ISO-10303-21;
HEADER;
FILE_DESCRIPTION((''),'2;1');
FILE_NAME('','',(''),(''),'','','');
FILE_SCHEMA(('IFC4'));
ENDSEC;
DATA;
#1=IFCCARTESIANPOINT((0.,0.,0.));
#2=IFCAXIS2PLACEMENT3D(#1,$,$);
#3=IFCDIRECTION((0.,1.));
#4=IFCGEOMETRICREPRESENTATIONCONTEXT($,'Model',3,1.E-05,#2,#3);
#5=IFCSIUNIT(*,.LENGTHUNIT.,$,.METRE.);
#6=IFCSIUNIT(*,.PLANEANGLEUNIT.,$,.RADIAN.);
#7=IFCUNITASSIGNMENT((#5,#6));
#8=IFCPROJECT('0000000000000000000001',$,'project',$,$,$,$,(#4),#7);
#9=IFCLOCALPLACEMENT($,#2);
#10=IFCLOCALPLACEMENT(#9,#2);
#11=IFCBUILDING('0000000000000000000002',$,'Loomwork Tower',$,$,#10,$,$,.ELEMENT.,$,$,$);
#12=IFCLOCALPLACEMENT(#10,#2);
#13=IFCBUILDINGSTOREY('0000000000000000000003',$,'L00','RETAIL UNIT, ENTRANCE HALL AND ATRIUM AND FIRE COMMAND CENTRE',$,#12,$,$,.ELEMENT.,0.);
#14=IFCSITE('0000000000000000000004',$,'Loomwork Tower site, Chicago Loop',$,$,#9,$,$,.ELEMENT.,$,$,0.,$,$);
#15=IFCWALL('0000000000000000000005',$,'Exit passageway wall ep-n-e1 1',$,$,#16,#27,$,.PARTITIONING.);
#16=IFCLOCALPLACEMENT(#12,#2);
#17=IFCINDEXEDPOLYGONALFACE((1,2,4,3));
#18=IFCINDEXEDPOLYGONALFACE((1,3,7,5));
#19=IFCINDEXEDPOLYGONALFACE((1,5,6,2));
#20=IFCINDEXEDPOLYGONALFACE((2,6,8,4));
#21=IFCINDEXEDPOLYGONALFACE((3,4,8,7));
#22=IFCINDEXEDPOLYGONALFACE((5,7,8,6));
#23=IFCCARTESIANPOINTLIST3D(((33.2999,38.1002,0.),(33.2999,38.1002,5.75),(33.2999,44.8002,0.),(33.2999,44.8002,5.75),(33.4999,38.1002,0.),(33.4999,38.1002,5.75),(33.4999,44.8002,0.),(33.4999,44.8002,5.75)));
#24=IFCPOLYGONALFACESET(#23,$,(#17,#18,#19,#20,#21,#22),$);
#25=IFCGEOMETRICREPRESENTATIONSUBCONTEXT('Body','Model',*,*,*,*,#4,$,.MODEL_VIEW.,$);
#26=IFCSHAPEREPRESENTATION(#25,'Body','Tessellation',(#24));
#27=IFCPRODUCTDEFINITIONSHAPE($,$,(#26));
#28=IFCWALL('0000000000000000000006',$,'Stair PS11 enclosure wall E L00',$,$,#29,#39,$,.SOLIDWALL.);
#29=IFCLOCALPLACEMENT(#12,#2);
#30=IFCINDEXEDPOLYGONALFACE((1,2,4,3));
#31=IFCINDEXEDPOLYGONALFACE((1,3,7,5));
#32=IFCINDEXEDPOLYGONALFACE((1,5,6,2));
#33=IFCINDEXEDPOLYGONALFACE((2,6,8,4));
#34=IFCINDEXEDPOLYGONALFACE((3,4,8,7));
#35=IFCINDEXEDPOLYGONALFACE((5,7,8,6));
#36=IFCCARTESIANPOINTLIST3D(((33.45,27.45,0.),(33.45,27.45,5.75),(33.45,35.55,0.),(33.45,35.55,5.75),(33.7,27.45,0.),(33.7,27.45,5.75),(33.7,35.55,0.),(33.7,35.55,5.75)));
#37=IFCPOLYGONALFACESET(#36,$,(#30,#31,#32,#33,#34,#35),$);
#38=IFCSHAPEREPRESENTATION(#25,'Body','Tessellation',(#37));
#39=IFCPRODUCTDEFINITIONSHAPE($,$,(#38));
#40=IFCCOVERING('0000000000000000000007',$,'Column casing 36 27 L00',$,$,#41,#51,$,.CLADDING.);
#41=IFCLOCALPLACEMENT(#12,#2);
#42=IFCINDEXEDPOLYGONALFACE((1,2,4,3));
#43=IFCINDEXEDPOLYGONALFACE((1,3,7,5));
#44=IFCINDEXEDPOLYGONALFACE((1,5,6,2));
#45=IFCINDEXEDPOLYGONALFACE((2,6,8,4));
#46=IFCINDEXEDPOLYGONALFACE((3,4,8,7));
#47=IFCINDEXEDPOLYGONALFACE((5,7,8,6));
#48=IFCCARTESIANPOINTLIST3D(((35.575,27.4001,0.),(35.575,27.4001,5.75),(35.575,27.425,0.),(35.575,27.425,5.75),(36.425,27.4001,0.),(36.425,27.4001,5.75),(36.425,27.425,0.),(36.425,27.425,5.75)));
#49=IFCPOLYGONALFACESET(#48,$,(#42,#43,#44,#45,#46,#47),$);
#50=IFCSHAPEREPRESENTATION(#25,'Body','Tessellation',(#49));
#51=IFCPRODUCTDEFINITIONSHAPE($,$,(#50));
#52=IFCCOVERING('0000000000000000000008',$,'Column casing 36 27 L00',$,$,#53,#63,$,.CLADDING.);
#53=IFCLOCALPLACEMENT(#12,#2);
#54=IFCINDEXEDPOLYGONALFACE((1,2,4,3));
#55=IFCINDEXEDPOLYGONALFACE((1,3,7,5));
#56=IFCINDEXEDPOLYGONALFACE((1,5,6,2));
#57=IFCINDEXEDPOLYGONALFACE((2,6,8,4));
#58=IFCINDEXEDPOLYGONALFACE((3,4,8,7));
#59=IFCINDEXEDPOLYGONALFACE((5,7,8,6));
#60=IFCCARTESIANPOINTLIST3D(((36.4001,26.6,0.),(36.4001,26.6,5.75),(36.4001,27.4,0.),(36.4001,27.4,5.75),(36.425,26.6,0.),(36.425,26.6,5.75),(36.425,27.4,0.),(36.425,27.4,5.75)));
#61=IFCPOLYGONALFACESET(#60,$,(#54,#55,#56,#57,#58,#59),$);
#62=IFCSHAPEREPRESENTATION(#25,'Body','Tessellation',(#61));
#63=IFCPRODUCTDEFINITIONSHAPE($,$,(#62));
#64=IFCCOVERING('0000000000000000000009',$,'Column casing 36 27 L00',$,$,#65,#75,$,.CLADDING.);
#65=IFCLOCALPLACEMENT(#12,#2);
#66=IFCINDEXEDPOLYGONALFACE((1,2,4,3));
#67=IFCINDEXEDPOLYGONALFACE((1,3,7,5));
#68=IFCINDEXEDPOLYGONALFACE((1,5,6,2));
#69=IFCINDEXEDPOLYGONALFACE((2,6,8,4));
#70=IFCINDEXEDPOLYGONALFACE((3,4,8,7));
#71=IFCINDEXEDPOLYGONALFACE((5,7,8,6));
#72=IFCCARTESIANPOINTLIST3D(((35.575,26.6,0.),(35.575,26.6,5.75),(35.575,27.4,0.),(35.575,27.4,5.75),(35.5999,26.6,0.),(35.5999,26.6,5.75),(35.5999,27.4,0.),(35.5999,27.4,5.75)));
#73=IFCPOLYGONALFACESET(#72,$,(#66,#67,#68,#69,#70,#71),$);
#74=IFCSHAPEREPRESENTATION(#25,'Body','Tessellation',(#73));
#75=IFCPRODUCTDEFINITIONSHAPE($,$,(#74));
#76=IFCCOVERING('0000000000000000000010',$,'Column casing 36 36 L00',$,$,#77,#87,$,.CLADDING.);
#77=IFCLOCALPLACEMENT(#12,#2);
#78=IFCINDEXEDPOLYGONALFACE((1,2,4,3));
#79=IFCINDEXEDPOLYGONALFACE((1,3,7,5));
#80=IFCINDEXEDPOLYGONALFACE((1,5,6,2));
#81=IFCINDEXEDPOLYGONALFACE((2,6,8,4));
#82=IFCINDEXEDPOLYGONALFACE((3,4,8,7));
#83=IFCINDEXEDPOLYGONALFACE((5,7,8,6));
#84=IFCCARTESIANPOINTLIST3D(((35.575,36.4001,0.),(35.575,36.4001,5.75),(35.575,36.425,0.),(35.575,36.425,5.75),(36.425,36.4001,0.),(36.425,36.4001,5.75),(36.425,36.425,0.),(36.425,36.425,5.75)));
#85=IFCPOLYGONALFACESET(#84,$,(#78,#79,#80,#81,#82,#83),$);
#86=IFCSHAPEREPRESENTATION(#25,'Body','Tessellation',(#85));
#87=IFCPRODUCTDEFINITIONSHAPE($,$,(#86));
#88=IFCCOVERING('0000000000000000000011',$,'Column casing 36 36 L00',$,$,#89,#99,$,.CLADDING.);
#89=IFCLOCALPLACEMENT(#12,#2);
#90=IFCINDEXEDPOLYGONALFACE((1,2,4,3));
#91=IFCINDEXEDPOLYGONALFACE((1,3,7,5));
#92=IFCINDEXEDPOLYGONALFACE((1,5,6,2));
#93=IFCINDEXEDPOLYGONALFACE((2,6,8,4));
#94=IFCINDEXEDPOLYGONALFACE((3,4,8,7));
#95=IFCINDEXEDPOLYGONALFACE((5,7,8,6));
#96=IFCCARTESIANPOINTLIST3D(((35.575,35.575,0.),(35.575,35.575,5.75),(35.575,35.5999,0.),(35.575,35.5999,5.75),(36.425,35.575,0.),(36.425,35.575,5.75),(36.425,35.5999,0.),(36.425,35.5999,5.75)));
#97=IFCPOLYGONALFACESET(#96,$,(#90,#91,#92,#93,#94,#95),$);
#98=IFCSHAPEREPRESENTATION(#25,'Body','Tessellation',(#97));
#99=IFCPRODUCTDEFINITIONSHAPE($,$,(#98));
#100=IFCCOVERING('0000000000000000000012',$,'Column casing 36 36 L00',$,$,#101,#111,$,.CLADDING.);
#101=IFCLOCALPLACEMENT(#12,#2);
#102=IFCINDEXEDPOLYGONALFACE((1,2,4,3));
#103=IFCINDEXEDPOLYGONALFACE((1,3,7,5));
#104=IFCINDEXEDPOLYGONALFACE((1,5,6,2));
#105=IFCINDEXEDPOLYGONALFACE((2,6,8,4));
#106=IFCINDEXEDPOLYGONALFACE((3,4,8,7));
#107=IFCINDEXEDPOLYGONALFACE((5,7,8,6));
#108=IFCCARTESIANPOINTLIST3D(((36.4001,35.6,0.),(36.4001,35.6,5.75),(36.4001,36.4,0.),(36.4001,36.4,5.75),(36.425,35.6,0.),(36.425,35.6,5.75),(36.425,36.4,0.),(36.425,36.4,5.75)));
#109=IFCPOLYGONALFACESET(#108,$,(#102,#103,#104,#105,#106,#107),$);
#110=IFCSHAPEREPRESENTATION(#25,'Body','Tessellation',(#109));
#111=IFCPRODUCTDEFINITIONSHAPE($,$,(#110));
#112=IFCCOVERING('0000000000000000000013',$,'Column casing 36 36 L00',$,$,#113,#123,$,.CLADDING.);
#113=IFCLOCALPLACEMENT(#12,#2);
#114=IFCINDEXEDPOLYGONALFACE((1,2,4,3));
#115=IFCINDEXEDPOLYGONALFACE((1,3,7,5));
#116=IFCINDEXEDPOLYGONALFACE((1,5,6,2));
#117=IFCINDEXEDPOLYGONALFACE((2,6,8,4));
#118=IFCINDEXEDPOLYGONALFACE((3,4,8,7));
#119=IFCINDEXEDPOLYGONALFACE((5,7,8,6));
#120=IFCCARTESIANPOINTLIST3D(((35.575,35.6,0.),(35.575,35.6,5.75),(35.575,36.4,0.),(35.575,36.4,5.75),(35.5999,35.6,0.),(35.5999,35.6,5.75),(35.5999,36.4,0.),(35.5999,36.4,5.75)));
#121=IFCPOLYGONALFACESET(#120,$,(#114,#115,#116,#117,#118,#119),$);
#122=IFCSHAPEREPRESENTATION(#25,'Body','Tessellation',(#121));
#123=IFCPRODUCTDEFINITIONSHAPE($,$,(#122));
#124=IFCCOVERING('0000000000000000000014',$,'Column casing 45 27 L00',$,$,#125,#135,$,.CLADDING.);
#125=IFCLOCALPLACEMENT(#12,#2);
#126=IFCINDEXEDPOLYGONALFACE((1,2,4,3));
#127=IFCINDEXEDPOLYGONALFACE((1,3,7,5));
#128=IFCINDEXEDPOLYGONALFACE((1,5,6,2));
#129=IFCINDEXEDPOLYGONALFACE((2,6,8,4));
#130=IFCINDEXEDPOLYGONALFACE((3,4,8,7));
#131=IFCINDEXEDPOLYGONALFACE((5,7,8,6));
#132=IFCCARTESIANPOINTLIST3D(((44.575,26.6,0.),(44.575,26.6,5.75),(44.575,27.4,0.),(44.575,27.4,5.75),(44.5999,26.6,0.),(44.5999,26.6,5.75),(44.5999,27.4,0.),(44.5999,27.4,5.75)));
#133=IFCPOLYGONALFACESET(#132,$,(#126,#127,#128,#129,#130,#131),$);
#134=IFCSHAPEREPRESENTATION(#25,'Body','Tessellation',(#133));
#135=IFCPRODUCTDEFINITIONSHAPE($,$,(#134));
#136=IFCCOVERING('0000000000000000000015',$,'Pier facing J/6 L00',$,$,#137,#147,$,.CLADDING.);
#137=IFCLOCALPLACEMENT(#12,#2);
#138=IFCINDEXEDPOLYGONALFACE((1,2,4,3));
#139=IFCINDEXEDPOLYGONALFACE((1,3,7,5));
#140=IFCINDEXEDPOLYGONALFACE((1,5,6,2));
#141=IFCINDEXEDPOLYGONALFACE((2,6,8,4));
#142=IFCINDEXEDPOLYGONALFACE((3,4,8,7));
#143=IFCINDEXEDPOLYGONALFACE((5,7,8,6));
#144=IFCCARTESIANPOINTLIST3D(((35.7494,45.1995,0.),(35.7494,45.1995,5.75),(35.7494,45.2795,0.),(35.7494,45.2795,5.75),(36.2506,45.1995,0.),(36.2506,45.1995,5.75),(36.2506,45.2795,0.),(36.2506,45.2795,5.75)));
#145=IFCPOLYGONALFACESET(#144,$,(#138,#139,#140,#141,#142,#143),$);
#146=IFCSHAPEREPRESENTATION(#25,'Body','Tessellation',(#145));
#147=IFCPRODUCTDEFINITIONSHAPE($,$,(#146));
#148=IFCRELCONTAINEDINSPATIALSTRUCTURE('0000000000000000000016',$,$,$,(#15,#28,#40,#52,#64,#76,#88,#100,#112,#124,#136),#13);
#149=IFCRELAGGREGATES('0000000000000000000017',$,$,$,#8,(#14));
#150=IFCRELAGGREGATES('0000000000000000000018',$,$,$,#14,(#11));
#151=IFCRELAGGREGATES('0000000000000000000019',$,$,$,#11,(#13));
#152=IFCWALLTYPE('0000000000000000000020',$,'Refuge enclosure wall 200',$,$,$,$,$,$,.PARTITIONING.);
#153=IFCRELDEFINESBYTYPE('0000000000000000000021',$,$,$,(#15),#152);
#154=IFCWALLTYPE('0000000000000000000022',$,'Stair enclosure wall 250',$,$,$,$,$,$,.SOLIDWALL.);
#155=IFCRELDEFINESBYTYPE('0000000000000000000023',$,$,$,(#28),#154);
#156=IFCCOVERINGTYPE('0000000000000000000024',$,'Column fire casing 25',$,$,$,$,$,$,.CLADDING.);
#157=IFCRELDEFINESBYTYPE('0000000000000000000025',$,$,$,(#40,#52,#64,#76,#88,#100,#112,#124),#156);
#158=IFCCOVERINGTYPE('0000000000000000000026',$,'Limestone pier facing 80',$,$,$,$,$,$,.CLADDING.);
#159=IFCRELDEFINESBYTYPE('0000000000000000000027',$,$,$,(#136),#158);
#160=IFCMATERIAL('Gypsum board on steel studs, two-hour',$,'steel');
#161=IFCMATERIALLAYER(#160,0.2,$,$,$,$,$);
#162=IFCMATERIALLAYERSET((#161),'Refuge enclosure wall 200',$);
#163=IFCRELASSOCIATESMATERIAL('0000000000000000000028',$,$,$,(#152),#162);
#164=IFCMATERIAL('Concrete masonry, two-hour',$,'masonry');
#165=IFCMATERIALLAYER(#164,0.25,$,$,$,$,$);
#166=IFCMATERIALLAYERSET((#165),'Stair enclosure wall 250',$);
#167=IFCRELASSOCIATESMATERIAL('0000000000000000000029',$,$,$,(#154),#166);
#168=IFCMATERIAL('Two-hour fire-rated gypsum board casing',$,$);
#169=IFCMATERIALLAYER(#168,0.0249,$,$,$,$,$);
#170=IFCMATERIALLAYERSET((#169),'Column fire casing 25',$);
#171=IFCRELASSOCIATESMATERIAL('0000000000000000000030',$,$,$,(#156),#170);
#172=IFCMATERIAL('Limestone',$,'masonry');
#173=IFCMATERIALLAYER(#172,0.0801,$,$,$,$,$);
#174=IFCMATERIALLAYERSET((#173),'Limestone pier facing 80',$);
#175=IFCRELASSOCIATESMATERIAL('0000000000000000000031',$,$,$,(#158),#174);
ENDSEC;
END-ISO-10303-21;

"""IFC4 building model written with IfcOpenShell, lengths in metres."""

from ifc_helpers import new_model, si_unit, direction, frame, frame_2d, origin, origin_2d, place, context, subcontext, project, spatial, rectangle, extrude, material, layer, layer_set, type_object, element, save


model = new_model("IFC4")

# Units and contexts
model_context = context("Model", 3, precision=1e-05, world=origin(), true_north=direction((0.0, 1.0)))
body_context = subcontext(model_context, "Body", "Model", "MODEL_VIEW")
ifc_project = project(units=[si_unit("LENGTHUNIT", "METRE"), si_unit("PLANEANGLEUNIT", "RADIAN")], contexts=[model_context])

# Site, building, storey
site_placement = place(None, origin())
site = spatial("IfcSite", under=ifc_project, at=site_placement, Name="Loomwork Tower site, Chicago Loop", CompositionType="ELEMENT", RefElevation=0.0)
building_placement = place(site_placement, origin())
building = spatial("IfcBuilding", under=site, at=building_placement, Name="Loomwork Tower", CompositionType="ELEMENT")
storey_placement = place(building_placement, origin())
storey = spatial("IfcBuildingStorey", under=building, at=storey_placement, Name="L00", Description="RETAIL UNIT, ENTRANCE HALL AND ATRIUM AND FIRE COMMAND CENTRE", CompositionType="ELEMENT", Elevation=0.0)

# Walls
ifc_material_1 = material(Name="Gypsum board on steel studs, two-hour", Category="steel")
ifc_layer_1 = layer(ifc_material_1, 0.2)
ifc_layer_set_1 = layer_set([ifc_layer_1], Name="Refuge enclosure wall 200")
wall_type_1 = type_object("IfcWallType", Name="Refuge enclosure wall 200", PredefinedType="PARTITIONING", material=ifc_layer_set_1)
wall_1_placement = place(storey_placement, frame((33.3999, 38.1001, 0.0), z_axis=(0.0, 0.0, 1.0), x_axis=(0.0, 1.0, 0.0)))
element("IfcWall", 1, at=wall_1_placement, inside=storey, type_object=wall_type_1, Name="Exit passageway wall ep-n-e1 1", PredefinedType="PARTITIONING", context=body_context, shape_type="SweptSolid", body=[
    extrude(rectangle(XDim=6.7, YDim=0.2, at=frame_2d((3.3501, 0.0))), origin(), (0.0, 0.0, 1.0), 5.75),
])
ifc_material_2 = material(Name="Concrete masonry, two-hour", Category="masonry")
ifc_layer_2 = layer(ifc_material_2, 0.25)
ifc_layer_set_2 = layer_set([ifc_layer_2], Name="Stair enclosure wall 250")
wall_type_2 = type_object("IfcWallType", Name="Stair enclosure wall 250", PredefinedType="SOLIDWALL", material=ifc_layer_set_2)
wall_2_placement = place(storey_placement, frame((33.575, 27.45, 0.0), z_axis=(0.0, 0.0, 1.0), x_axis=(0.0, 1.0, 0.0)))
element("IfcWall", 2, at=wall_2_placement, inside=storey, type_object=wall_type_2, Name="Stair PS11 enclosure wall E L00", PredefinedType="SOLIDWALL", context=body_context, shape_type="SweptSolid", body=[
    extrude(rectangle(XDim=8.1001, YDim=0.25, at=frame_2d((4.05, 0.0))), origin(), (0.0, 0.0, 1.0), 5.75),
])

# Coverings
ifc_material_3 = material(Name="Two-hour fire-rated gypsum board casing")
ifc_layer_3 = layer(ifc_material_3, 0.0249)
ifc_layer_set_3 = layer_set([ifc_layer_3], Name="Column fire casing 25")
covering_type_1 = type_object("IfcCoveringType", Name="Column fire casing 25", PredefinedType="CLADDING", material=ifc_layer_set_3)
covering_1_placement = place(storey_placement, frame((36.0, 27.4126, 0.0), z_axis=(0.0, 0.0, 1.0), x_axis=(1.0, 0.0, 0.0)))
element("IfcCovering", 3, at=covering_1_placement, inside=storey, type_object=covering_type_1, Name="Column casing 36 27 L00", PredefinedType="CLADDING", context=body_context, shape_type="SweptSolid", body=[
    extrude(rectangle(XDim=0.8501, YDim=0.0249, at=origin_2d()), origin(), (0.0, 0.0, 1.0), 5.75),
])
for number, where, z_axis, x_axis, name in (
    (4, (36.4126, 27.0, 0.0), (0.0, 0.0, 1.0), (1.0, 0.0, 0.0), "Column casing 36 27 L00"),
    (5, (35.5874, 27.0, 0.0), (0.0, 0.0, 1.0), (1.0, 0.0, 0.0), "Column casing 36 27 L00"),
):
    element("IfcCovering", number, at=place(storey_placement, frame(where, z_axis=z_axis, x_axis=x_axis)), inside=storey, type_object=covering_type_1, Name=name, PredefinedType="CLADDING", context=body_context, shape_type="SweptSolid", body=[
        extrude(rectangle(XDim=0.0249, YDim=0.8, at=origin_2d()), origin(), (0.0, 0.0, 1.0), 5.75),
    ])
for number, where, z_axis, x_axis, name in (
    (6, (36.0, 36.4126, 0.0), (0.0, 0.0, 1.0), (1.0, 0.0, 0.0), "Column casing 36 36 L00"),
    (7, (36.0, 35.5874, 0.0), (0.0, 0.0, 1.0), (1.0, 0.0, 0.0), "Column casing 36 36 L00"),
):
    element("IfcCovering", number, at=place(storey_placement, frame(where, z_axis=z_axis, x_axis=x_axis)), inside=storey, type_object=covering_type_1, Name=name, PredefinedType="CLADDING", context=body_context, shape_type="SweptSolid", body=[
        extrude(rectangle(XDim=0.8501, YDim=0.0249, at=origin_2d()), origin(), (0.0, 0.0, 1.0), 5.75),
    ])
for number, where, z_axis, x_axis, name in (
    (8, (36.4126, 36.0, 0.0), (0.0, 0.0, 1.0), (1.0, 0.0, 0.0), "Column casing 36 36 L00"),
    (9, (35.5874, 36.0, 0.0), (0.0, 0.0, 1.0), (1.0, 0.0, 0.0), "Column casing 36 36 L00"),
    (10, (44.5874, 27.0, 0.0), (0.0, 0.0, 1.0), (1.0, 0.0, 0.0), "Column casing 45 27 L00"),
):
    element("IfcCovering", number, at=place(storey_placement, frame(where, z_axis=z_axis, x_axis=x_axis)), inside=storey, type_object=covering_type_1, Name=name, PredefinedType="CLADDING", context=body_context, shape_type="SweptSolid", body=[
        extrude(rectangle(XDim=0.0249, YDim=0.8, at=origin_2d()), origin(), (0.0, 0.0, 1.0), 5.75),
    ])
ifc_material_4 = material(Name="Limestone", Category="masonry")
ifc_layer_4 = layer(ifc_material_4, 0.0801)
ifc_layer_set_4 = layer_set([ifc_layer_4], Name="Limestone pier facing 80")
covering_type_2 = type_object("IfcCoveringType", Name="Limestone pier facing 80", PredefinedType="CLADDING", material=ifc_layer_set_4)
covering_2_placement = place(storey_placement, frame((36.0, 45.2395, 0.0), z_axis=(0.0, 0.0, 1.0), x_axis=(1.0, 0.0, 0.0)))
element("IfcCovering", 11, at=covering_2_placement, inside=storey, type_object=covering_type_2, Name="Pier facing J/6 L00", PredefinedType="CLADDING", context=body_context, shape_type="SweptSolid", body=[
    extrude(rectangle(XDim=0.5012, YDim=0.0801, at=origin_2d()), origin(), (0.0, 0.0, 1.0), 5.75),
])

save(model, "model.ifc")
